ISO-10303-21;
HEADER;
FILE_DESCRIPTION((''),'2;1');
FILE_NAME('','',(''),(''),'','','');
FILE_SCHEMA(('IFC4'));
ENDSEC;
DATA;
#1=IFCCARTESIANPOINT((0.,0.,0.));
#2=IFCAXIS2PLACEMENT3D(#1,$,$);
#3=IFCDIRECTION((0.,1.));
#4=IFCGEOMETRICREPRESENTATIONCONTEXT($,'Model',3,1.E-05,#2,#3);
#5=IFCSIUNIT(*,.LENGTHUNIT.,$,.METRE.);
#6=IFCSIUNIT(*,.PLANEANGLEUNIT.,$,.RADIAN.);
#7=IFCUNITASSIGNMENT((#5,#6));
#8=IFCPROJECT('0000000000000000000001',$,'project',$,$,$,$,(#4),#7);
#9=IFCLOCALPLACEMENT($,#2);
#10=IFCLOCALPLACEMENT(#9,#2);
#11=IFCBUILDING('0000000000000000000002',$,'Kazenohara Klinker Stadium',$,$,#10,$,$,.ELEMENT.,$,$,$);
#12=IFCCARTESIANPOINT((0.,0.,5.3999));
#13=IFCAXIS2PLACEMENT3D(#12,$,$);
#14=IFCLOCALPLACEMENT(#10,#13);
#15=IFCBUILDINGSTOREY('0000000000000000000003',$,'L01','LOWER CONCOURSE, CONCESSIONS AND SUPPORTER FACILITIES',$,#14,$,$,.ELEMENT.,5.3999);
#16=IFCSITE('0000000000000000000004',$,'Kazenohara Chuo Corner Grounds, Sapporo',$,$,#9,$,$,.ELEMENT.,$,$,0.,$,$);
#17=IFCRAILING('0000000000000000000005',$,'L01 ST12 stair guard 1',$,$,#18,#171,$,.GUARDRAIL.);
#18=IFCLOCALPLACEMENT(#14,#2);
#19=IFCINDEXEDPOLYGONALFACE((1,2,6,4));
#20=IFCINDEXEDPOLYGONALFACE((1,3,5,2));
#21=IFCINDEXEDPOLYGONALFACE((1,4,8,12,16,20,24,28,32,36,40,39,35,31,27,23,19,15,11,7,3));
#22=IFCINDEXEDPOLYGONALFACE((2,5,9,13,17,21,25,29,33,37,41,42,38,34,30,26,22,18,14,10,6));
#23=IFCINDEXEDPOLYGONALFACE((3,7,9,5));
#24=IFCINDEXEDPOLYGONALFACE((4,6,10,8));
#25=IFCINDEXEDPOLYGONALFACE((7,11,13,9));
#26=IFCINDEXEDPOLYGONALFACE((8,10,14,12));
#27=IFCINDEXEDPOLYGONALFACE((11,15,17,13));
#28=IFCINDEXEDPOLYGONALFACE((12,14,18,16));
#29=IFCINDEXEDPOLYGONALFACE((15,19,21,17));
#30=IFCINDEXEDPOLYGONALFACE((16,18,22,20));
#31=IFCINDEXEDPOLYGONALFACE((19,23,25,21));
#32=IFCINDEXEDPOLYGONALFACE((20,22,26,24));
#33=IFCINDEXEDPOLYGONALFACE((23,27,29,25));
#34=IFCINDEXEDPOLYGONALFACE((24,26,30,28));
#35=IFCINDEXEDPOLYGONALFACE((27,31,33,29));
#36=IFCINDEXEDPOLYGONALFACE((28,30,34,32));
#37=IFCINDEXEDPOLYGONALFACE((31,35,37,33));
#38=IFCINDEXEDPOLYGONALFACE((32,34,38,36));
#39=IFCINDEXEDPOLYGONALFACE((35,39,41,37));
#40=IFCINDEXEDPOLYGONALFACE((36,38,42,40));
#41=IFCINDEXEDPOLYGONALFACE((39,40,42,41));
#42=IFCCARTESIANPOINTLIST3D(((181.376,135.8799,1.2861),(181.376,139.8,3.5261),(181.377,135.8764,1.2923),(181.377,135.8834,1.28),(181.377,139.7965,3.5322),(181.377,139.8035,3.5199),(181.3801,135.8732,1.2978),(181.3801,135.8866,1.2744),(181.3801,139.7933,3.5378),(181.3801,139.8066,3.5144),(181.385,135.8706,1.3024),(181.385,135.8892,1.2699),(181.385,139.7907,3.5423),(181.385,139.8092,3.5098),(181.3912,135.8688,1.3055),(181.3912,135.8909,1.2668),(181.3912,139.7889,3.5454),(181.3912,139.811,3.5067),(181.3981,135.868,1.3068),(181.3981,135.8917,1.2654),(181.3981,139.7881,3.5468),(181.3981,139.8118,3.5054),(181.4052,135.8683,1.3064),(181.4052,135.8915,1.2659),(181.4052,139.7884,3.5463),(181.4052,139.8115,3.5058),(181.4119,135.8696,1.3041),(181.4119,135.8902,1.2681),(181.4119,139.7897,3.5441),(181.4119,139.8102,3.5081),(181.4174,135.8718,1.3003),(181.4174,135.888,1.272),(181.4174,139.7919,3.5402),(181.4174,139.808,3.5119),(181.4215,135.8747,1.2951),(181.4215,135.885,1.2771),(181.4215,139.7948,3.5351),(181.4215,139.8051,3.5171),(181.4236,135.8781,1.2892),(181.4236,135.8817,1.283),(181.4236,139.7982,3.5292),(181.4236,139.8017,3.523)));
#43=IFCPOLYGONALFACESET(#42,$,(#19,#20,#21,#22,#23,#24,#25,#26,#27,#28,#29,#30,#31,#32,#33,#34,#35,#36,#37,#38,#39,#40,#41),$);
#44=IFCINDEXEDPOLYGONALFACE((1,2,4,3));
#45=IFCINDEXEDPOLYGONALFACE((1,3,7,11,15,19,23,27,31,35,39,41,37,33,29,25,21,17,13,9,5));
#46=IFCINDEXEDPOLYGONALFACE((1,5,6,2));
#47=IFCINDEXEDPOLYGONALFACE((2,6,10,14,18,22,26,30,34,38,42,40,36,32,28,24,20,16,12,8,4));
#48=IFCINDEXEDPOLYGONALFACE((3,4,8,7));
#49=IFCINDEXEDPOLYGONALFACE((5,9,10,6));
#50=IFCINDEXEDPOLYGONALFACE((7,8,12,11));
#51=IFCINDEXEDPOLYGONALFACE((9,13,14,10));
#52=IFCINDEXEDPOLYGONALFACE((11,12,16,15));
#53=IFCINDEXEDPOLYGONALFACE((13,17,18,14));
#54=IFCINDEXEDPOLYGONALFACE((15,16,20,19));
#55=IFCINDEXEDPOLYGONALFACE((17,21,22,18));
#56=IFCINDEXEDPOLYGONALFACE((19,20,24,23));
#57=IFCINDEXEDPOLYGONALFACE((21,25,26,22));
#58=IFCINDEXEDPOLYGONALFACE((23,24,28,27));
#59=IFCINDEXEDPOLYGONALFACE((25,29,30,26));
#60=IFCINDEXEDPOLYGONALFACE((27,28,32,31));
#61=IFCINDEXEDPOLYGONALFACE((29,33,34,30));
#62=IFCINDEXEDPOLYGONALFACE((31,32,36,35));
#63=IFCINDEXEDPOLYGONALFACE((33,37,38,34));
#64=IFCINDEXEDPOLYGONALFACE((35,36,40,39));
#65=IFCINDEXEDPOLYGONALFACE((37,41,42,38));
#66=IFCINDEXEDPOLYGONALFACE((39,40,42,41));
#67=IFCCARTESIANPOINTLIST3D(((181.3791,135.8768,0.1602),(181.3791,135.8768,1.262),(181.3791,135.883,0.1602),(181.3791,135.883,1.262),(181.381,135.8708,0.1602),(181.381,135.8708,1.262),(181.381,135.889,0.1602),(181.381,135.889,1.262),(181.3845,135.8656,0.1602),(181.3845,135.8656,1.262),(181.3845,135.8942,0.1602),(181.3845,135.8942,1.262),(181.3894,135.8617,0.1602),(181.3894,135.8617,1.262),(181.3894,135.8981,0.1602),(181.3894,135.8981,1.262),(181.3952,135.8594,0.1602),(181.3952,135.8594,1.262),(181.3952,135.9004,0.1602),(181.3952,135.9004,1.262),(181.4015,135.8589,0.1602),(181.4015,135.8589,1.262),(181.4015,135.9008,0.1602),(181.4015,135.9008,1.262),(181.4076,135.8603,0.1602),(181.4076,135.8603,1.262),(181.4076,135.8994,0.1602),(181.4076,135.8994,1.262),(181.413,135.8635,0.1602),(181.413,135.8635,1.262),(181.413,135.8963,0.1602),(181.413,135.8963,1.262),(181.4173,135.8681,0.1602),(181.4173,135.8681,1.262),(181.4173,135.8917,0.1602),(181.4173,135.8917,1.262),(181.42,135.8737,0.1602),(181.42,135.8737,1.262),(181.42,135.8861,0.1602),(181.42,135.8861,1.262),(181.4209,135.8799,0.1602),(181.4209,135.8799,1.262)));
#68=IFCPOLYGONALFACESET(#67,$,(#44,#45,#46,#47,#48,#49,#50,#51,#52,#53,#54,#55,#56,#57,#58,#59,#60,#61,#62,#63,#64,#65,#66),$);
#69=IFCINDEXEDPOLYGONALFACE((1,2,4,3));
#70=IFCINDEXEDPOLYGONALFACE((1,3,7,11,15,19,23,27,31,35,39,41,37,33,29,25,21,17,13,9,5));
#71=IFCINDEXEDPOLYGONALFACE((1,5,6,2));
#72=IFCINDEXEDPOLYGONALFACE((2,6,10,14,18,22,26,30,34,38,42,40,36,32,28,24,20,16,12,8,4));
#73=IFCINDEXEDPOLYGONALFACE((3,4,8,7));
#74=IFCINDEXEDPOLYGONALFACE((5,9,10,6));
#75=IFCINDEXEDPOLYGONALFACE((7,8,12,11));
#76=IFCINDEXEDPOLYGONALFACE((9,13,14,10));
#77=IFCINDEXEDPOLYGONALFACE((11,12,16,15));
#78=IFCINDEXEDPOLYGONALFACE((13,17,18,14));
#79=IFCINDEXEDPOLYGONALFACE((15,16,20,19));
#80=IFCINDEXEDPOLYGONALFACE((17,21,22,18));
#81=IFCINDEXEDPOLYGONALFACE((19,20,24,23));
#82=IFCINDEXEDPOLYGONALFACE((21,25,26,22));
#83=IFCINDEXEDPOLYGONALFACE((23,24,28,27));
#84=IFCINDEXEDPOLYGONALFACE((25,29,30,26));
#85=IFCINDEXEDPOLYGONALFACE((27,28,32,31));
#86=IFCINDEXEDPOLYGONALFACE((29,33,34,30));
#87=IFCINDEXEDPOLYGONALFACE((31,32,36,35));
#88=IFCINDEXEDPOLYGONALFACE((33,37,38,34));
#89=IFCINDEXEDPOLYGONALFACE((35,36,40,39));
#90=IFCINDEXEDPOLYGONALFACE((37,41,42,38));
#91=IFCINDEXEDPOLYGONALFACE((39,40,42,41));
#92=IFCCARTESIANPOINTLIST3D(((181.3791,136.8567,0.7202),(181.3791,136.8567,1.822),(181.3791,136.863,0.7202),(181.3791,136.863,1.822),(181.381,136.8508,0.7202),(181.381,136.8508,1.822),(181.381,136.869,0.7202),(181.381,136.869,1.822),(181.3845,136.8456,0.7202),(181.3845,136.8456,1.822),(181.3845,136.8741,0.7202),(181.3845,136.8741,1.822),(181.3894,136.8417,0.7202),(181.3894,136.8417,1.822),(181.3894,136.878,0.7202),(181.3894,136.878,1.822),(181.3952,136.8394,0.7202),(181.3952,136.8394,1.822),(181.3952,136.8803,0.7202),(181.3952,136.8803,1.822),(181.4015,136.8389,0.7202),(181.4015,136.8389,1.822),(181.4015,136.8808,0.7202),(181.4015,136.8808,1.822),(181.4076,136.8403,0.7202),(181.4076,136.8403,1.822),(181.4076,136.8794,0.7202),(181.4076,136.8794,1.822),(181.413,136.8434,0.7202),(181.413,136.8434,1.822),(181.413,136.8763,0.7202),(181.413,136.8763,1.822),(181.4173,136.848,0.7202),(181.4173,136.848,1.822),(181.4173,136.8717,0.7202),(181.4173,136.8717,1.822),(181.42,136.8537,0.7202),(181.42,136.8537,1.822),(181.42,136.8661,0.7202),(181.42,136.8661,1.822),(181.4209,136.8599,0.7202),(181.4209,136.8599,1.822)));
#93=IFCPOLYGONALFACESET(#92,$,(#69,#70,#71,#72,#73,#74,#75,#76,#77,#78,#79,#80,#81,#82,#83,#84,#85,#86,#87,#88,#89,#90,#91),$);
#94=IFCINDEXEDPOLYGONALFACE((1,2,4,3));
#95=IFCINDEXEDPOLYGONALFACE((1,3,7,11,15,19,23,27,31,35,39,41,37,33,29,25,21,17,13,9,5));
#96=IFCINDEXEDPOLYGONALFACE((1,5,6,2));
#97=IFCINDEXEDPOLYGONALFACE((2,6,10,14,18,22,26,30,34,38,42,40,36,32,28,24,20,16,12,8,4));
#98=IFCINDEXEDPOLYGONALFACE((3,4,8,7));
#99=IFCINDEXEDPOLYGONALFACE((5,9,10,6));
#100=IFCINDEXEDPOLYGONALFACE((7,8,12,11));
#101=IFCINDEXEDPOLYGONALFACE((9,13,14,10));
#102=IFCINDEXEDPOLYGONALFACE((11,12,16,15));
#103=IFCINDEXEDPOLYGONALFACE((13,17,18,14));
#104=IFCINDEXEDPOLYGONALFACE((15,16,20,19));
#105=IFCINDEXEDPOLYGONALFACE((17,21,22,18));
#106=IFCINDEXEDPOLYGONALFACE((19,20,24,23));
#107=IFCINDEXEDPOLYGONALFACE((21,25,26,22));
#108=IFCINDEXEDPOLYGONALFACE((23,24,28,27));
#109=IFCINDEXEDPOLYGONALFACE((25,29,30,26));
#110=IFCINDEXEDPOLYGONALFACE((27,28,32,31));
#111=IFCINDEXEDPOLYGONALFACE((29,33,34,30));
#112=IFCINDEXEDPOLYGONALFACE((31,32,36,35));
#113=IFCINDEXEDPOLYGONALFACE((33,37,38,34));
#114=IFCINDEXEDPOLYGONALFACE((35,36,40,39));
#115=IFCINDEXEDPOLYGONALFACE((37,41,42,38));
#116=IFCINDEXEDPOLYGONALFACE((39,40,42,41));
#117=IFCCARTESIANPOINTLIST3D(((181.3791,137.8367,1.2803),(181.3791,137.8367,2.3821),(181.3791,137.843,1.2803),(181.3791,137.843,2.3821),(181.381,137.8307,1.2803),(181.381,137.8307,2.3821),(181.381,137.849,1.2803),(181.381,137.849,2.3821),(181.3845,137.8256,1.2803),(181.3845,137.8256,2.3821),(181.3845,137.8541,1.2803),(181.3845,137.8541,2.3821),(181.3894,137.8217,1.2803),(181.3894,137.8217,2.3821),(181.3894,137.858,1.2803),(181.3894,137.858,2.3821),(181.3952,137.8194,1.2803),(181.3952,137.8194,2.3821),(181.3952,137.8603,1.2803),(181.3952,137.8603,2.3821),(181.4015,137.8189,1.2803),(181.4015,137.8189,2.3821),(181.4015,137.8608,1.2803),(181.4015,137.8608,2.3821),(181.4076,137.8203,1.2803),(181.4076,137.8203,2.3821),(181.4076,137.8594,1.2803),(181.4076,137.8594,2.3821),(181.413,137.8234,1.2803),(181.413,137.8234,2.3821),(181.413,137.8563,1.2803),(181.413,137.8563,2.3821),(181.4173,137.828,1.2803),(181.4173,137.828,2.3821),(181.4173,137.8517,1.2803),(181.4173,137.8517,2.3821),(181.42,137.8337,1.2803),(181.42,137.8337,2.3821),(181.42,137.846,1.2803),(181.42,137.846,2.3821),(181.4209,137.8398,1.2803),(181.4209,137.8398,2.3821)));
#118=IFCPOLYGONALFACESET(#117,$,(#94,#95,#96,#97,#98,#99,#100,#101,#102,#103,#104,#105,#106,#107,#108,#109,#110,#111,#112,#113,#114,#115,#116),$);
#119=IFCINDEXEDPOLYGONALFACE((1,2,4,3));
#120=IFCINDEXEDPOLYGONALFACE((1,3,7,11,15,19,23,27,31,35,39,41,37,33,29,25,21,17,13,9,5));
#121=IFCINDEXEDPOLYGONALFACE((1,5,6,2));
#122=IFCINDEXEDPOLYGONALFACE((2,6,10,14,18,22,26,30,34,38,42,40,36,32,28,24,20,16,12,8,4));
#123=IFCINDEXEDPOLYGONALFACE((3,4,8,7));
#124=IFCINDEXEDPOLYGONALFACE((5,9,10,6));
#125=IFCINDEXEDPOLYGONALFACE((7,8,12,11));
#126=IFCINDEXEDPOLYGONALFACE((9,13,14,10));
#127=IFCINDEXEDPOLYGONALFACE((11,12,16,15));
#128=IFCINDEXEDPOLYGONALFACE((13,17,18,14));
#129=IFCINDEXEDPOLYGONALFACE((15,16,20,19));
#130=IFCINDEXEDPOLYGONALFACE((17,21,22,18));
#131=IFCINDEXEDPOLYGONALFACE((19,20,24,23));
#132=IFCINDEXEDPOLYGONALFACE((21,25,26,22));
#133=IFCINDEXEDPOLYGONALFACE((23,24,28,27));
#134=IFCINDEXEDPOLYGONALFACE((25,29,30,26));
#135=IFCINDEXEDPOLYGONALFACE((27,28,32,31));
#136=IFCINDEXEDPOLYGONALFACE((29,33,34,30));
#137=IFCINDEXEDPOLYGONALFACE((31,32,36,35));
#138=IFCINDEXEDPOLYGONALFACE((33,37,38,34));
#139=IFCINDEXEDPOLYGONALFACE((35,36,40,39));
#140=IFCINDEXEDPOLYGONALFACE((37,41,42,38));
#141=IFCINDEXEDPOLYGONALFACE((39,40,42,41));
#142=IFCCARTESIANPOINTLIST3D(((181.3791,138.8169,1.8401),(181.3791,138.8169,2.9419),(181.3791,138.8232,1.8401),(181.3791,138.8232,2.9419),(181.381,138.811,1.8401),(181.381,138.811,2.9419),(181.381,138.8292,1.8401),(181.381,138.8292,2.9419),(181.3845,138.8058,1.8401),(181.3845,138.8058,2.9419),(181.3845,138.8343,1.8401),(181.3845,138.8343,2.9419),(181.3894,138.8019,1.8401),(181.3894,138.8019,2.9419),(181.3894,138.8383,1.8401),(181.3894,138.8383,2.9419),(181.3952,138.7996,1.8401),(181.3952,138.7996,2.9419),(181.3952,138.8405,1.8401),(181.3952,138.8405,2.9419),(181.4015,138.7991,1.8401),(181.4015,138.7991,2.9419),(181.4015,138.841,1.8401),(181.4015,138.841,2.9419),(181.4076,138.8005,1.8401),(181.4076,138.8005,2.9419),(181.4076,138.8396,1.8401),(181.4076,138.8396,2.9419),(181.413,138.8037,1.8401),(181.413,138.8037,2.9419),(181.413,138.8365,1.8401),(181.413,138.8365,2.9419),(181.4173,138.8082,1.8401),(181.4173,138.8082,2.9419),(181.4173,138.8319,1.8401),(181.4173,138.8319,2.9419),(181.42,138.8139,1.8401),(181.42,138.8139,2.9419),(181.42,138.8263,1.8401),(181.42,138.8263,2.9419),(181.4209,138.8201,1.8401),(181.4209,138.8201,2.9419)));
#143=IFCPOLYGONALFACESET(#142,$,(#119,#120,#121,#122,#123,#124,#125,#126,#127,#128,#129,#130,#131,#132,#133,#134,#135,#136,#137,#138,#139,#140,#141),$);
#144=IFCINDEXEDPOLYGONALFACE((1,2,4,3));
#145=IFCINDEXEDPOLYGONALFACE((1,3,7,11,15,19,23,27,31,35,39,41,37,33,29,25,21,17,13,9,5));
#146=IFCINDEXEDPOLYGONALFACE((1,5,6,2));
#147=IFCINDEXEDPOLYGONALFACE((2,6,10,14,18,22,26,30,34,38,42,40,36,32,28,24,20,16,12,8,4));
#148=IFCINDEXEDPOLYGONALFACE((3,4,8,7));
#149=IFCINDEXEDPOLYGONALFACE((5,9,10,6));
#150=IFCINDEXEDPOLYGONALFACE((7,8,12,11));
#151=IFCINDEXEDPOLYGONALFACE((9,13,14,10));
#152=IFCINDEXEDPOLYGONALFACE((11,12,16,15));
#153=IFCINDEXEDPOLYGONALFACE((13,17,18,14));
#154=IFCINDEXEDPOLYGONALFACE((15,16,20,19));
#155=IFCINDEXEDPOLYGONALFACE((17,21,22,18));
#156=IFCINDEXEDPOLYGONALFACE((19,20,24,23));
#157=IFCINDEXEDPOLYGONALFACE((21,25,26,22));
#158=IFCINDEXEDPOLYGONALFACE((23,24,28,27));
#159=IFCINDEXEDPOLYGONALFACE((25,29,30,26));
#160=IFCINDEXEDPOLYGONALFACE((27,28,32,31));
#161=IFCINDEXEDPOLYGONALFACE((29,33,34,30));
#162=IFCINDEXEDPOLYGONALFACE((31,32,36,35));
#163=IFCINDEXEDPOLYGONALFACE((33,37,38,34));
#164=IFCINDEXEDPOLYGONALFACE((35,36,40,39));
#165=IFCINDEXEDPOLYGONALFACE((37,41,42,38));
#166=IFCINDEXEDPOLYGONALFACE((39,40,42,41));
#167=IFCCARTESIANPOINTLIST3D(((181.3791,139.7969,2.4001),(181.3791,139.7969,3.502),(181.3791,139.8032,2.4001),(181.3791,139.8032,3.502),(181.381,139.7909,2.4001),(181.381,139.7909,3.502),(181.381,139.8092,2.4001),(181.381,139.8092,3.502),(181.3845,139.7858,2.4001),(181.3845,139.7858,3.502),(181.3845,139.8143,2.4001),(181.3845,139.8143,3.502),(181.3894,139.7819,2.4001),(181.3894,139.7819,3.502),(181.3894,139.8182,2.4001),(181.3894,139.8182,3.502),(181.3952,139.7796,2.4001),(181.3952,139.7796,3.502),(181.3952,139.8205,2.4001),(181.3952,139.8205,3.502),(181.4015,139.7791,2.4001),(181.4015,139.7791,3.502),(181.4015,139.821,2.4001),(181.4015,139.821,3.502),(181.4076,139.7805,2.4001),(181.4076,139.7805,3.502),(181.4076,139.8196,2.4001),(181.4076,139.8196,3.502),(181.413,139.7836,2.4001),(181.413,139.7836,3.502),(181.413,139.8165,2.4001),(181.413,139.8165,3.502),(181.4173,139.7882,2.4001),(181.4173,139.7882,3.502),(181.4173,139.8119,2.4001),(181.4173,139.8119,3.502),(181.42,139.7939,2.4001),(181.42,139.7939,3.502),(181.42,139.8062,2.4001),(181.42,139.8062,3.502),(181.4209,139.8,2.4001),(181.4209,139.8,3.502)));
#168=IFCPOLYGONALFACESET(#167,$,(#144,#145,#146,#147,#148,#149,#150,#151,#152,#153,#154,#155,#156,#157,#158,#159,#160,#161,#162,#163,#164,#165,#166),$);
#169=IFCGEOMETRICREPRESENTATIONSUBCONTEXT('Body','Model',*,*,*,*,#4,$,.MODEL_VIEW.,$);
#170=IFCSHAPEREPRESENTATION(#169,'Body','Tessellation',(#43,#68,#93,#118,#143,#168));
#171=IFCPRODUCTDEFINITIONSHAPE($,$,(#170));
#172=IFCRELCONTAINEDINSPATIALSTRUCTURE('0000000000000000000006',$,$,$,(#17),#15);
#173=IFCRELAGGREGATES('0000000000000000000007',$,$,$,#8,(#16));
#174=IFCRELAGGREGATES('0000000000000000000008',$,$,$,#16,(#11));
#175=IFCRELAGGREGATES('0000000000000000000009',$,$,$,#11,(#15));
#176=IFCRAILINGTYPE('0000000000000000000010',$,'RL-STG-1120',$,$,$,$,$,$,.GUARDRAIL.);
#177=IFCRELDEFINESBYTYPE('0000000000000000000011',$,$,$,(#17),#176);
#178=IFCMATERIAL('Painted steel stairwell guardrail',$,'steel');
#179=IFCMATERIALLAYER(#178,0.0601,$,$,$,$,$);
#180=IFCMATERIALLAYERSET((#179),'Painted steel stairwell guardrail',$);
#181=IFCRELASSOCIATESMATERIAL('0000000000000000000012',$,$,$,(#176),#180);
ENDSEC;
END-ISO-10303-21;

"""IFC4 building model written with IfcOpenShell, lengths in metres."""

from ifc_helpers import new_model, si_unit, direction, frame, origin, origin_2d, place, context, subcontext, project, spatial, circle, extrude, material, layer, layer_set, type_object, element, save


model = new_model("IFC4")

# Units and contexts
model_context = context("Model", 3, precision=1e-05, world=origin(), true_north=direction((0.0, 1.0)))
body_context = subcontext(model_context, "Body", "Model", "MODEL_VIEW")
ifc_project = project(units=[si_unit("LENGTHUNIT", "METRE"), si_unit("PLANEANGLEUNIT", "RADIAN")], contexts=[model_context])

# Site, building, storey
site_placement = place(None, origin())
site = spatial("IfcSite", under=ifc_project, at=site_placement, Name="Kazenohara Chuo Corner Grounds, Sapporo", CompositionType="ELEMENT", RefElevation=0.0)
building_placement = place(site_placement, origin())
building = spatial("IfcBuilding", under=site, at=building_placement, Name="Kazenohara Klinker Stadium", CompositionType="ELEMENT")
storey_placement = place(building_placement, frame((0.0, 0.0, 5.3999)))
storey = spatial("IfcBuildingStorey", under=building, at=storey_placement, Name="L01", Description="LOWER CONCOURSE, CONCESSIONS AND SUPPORTER FACILITIES", CompositionType="ELEMENT", Elevation=5.3999)

# Railing
ifc_material_1 = material(Name="Painted steel stairwell guardrail", Category="steel")
ifc_layer_1 = layer(ifc_material_1, 0.0601)
ifc_layer_set_1 = layer_set([ifc_layer_1], Name="Painted steel stairwell guardrail")
railing_type_1 = type_object("IfcRailingType", Name="RL-STG-1120", PredefinedType="GUARDRAIL", material=ifc_layer_set_1)
railing_1_placement = place(storey_placement, frame((181.3999, 135.8799, 0.1602)))
element("IfcRailing", 1, at=railing_1_placement, inside=storey, type_object=railing_type_1, Name="L01 ST12 stair guard 1", PredefinedType="GUARDRAIL", context=body_context, shape_type="SweptSolid", body=[
    extrude(circle(Radius=0.0239, at=origin_2d()), frame((0.0, 0.0, 1.126), z_axis=(0.0, 0.868253, 0.496121), x_axis=(-1.0, 0.0, 0.0)), (0.0, 0.0, 1.0), 4.5149),
    extrude(circle(Radius=0.021, at=origin_2d()), origin(), (0.0, 0.0, 1.0), 1.1018),
    extrude(circle(Radius=0.021, at=origin_2d()), frame((0.0, 0.98, 0.5601)), (0.0, 0.0, 1.0), 1.1018),
    extrude(circle(Radius=0.021, at=origin_2d()), frame((0.0, 1.96, 1.1201)), (0.0, 0.0, 1.0), 1.1018),
    extrude(circle(Radius=0.021, at=origin_2d()), frame((0.0, 2.9402, 1.6799)), (0.0, 0.0, 1.0), 1.1018),
    extrude(circle(Radius=0.021, at=origin_2d()), frame((0.0, 3.9202, 2.24)), (0.0, 0.0, 1.0), 1.1018),
])

save(model, "model.ifc")
